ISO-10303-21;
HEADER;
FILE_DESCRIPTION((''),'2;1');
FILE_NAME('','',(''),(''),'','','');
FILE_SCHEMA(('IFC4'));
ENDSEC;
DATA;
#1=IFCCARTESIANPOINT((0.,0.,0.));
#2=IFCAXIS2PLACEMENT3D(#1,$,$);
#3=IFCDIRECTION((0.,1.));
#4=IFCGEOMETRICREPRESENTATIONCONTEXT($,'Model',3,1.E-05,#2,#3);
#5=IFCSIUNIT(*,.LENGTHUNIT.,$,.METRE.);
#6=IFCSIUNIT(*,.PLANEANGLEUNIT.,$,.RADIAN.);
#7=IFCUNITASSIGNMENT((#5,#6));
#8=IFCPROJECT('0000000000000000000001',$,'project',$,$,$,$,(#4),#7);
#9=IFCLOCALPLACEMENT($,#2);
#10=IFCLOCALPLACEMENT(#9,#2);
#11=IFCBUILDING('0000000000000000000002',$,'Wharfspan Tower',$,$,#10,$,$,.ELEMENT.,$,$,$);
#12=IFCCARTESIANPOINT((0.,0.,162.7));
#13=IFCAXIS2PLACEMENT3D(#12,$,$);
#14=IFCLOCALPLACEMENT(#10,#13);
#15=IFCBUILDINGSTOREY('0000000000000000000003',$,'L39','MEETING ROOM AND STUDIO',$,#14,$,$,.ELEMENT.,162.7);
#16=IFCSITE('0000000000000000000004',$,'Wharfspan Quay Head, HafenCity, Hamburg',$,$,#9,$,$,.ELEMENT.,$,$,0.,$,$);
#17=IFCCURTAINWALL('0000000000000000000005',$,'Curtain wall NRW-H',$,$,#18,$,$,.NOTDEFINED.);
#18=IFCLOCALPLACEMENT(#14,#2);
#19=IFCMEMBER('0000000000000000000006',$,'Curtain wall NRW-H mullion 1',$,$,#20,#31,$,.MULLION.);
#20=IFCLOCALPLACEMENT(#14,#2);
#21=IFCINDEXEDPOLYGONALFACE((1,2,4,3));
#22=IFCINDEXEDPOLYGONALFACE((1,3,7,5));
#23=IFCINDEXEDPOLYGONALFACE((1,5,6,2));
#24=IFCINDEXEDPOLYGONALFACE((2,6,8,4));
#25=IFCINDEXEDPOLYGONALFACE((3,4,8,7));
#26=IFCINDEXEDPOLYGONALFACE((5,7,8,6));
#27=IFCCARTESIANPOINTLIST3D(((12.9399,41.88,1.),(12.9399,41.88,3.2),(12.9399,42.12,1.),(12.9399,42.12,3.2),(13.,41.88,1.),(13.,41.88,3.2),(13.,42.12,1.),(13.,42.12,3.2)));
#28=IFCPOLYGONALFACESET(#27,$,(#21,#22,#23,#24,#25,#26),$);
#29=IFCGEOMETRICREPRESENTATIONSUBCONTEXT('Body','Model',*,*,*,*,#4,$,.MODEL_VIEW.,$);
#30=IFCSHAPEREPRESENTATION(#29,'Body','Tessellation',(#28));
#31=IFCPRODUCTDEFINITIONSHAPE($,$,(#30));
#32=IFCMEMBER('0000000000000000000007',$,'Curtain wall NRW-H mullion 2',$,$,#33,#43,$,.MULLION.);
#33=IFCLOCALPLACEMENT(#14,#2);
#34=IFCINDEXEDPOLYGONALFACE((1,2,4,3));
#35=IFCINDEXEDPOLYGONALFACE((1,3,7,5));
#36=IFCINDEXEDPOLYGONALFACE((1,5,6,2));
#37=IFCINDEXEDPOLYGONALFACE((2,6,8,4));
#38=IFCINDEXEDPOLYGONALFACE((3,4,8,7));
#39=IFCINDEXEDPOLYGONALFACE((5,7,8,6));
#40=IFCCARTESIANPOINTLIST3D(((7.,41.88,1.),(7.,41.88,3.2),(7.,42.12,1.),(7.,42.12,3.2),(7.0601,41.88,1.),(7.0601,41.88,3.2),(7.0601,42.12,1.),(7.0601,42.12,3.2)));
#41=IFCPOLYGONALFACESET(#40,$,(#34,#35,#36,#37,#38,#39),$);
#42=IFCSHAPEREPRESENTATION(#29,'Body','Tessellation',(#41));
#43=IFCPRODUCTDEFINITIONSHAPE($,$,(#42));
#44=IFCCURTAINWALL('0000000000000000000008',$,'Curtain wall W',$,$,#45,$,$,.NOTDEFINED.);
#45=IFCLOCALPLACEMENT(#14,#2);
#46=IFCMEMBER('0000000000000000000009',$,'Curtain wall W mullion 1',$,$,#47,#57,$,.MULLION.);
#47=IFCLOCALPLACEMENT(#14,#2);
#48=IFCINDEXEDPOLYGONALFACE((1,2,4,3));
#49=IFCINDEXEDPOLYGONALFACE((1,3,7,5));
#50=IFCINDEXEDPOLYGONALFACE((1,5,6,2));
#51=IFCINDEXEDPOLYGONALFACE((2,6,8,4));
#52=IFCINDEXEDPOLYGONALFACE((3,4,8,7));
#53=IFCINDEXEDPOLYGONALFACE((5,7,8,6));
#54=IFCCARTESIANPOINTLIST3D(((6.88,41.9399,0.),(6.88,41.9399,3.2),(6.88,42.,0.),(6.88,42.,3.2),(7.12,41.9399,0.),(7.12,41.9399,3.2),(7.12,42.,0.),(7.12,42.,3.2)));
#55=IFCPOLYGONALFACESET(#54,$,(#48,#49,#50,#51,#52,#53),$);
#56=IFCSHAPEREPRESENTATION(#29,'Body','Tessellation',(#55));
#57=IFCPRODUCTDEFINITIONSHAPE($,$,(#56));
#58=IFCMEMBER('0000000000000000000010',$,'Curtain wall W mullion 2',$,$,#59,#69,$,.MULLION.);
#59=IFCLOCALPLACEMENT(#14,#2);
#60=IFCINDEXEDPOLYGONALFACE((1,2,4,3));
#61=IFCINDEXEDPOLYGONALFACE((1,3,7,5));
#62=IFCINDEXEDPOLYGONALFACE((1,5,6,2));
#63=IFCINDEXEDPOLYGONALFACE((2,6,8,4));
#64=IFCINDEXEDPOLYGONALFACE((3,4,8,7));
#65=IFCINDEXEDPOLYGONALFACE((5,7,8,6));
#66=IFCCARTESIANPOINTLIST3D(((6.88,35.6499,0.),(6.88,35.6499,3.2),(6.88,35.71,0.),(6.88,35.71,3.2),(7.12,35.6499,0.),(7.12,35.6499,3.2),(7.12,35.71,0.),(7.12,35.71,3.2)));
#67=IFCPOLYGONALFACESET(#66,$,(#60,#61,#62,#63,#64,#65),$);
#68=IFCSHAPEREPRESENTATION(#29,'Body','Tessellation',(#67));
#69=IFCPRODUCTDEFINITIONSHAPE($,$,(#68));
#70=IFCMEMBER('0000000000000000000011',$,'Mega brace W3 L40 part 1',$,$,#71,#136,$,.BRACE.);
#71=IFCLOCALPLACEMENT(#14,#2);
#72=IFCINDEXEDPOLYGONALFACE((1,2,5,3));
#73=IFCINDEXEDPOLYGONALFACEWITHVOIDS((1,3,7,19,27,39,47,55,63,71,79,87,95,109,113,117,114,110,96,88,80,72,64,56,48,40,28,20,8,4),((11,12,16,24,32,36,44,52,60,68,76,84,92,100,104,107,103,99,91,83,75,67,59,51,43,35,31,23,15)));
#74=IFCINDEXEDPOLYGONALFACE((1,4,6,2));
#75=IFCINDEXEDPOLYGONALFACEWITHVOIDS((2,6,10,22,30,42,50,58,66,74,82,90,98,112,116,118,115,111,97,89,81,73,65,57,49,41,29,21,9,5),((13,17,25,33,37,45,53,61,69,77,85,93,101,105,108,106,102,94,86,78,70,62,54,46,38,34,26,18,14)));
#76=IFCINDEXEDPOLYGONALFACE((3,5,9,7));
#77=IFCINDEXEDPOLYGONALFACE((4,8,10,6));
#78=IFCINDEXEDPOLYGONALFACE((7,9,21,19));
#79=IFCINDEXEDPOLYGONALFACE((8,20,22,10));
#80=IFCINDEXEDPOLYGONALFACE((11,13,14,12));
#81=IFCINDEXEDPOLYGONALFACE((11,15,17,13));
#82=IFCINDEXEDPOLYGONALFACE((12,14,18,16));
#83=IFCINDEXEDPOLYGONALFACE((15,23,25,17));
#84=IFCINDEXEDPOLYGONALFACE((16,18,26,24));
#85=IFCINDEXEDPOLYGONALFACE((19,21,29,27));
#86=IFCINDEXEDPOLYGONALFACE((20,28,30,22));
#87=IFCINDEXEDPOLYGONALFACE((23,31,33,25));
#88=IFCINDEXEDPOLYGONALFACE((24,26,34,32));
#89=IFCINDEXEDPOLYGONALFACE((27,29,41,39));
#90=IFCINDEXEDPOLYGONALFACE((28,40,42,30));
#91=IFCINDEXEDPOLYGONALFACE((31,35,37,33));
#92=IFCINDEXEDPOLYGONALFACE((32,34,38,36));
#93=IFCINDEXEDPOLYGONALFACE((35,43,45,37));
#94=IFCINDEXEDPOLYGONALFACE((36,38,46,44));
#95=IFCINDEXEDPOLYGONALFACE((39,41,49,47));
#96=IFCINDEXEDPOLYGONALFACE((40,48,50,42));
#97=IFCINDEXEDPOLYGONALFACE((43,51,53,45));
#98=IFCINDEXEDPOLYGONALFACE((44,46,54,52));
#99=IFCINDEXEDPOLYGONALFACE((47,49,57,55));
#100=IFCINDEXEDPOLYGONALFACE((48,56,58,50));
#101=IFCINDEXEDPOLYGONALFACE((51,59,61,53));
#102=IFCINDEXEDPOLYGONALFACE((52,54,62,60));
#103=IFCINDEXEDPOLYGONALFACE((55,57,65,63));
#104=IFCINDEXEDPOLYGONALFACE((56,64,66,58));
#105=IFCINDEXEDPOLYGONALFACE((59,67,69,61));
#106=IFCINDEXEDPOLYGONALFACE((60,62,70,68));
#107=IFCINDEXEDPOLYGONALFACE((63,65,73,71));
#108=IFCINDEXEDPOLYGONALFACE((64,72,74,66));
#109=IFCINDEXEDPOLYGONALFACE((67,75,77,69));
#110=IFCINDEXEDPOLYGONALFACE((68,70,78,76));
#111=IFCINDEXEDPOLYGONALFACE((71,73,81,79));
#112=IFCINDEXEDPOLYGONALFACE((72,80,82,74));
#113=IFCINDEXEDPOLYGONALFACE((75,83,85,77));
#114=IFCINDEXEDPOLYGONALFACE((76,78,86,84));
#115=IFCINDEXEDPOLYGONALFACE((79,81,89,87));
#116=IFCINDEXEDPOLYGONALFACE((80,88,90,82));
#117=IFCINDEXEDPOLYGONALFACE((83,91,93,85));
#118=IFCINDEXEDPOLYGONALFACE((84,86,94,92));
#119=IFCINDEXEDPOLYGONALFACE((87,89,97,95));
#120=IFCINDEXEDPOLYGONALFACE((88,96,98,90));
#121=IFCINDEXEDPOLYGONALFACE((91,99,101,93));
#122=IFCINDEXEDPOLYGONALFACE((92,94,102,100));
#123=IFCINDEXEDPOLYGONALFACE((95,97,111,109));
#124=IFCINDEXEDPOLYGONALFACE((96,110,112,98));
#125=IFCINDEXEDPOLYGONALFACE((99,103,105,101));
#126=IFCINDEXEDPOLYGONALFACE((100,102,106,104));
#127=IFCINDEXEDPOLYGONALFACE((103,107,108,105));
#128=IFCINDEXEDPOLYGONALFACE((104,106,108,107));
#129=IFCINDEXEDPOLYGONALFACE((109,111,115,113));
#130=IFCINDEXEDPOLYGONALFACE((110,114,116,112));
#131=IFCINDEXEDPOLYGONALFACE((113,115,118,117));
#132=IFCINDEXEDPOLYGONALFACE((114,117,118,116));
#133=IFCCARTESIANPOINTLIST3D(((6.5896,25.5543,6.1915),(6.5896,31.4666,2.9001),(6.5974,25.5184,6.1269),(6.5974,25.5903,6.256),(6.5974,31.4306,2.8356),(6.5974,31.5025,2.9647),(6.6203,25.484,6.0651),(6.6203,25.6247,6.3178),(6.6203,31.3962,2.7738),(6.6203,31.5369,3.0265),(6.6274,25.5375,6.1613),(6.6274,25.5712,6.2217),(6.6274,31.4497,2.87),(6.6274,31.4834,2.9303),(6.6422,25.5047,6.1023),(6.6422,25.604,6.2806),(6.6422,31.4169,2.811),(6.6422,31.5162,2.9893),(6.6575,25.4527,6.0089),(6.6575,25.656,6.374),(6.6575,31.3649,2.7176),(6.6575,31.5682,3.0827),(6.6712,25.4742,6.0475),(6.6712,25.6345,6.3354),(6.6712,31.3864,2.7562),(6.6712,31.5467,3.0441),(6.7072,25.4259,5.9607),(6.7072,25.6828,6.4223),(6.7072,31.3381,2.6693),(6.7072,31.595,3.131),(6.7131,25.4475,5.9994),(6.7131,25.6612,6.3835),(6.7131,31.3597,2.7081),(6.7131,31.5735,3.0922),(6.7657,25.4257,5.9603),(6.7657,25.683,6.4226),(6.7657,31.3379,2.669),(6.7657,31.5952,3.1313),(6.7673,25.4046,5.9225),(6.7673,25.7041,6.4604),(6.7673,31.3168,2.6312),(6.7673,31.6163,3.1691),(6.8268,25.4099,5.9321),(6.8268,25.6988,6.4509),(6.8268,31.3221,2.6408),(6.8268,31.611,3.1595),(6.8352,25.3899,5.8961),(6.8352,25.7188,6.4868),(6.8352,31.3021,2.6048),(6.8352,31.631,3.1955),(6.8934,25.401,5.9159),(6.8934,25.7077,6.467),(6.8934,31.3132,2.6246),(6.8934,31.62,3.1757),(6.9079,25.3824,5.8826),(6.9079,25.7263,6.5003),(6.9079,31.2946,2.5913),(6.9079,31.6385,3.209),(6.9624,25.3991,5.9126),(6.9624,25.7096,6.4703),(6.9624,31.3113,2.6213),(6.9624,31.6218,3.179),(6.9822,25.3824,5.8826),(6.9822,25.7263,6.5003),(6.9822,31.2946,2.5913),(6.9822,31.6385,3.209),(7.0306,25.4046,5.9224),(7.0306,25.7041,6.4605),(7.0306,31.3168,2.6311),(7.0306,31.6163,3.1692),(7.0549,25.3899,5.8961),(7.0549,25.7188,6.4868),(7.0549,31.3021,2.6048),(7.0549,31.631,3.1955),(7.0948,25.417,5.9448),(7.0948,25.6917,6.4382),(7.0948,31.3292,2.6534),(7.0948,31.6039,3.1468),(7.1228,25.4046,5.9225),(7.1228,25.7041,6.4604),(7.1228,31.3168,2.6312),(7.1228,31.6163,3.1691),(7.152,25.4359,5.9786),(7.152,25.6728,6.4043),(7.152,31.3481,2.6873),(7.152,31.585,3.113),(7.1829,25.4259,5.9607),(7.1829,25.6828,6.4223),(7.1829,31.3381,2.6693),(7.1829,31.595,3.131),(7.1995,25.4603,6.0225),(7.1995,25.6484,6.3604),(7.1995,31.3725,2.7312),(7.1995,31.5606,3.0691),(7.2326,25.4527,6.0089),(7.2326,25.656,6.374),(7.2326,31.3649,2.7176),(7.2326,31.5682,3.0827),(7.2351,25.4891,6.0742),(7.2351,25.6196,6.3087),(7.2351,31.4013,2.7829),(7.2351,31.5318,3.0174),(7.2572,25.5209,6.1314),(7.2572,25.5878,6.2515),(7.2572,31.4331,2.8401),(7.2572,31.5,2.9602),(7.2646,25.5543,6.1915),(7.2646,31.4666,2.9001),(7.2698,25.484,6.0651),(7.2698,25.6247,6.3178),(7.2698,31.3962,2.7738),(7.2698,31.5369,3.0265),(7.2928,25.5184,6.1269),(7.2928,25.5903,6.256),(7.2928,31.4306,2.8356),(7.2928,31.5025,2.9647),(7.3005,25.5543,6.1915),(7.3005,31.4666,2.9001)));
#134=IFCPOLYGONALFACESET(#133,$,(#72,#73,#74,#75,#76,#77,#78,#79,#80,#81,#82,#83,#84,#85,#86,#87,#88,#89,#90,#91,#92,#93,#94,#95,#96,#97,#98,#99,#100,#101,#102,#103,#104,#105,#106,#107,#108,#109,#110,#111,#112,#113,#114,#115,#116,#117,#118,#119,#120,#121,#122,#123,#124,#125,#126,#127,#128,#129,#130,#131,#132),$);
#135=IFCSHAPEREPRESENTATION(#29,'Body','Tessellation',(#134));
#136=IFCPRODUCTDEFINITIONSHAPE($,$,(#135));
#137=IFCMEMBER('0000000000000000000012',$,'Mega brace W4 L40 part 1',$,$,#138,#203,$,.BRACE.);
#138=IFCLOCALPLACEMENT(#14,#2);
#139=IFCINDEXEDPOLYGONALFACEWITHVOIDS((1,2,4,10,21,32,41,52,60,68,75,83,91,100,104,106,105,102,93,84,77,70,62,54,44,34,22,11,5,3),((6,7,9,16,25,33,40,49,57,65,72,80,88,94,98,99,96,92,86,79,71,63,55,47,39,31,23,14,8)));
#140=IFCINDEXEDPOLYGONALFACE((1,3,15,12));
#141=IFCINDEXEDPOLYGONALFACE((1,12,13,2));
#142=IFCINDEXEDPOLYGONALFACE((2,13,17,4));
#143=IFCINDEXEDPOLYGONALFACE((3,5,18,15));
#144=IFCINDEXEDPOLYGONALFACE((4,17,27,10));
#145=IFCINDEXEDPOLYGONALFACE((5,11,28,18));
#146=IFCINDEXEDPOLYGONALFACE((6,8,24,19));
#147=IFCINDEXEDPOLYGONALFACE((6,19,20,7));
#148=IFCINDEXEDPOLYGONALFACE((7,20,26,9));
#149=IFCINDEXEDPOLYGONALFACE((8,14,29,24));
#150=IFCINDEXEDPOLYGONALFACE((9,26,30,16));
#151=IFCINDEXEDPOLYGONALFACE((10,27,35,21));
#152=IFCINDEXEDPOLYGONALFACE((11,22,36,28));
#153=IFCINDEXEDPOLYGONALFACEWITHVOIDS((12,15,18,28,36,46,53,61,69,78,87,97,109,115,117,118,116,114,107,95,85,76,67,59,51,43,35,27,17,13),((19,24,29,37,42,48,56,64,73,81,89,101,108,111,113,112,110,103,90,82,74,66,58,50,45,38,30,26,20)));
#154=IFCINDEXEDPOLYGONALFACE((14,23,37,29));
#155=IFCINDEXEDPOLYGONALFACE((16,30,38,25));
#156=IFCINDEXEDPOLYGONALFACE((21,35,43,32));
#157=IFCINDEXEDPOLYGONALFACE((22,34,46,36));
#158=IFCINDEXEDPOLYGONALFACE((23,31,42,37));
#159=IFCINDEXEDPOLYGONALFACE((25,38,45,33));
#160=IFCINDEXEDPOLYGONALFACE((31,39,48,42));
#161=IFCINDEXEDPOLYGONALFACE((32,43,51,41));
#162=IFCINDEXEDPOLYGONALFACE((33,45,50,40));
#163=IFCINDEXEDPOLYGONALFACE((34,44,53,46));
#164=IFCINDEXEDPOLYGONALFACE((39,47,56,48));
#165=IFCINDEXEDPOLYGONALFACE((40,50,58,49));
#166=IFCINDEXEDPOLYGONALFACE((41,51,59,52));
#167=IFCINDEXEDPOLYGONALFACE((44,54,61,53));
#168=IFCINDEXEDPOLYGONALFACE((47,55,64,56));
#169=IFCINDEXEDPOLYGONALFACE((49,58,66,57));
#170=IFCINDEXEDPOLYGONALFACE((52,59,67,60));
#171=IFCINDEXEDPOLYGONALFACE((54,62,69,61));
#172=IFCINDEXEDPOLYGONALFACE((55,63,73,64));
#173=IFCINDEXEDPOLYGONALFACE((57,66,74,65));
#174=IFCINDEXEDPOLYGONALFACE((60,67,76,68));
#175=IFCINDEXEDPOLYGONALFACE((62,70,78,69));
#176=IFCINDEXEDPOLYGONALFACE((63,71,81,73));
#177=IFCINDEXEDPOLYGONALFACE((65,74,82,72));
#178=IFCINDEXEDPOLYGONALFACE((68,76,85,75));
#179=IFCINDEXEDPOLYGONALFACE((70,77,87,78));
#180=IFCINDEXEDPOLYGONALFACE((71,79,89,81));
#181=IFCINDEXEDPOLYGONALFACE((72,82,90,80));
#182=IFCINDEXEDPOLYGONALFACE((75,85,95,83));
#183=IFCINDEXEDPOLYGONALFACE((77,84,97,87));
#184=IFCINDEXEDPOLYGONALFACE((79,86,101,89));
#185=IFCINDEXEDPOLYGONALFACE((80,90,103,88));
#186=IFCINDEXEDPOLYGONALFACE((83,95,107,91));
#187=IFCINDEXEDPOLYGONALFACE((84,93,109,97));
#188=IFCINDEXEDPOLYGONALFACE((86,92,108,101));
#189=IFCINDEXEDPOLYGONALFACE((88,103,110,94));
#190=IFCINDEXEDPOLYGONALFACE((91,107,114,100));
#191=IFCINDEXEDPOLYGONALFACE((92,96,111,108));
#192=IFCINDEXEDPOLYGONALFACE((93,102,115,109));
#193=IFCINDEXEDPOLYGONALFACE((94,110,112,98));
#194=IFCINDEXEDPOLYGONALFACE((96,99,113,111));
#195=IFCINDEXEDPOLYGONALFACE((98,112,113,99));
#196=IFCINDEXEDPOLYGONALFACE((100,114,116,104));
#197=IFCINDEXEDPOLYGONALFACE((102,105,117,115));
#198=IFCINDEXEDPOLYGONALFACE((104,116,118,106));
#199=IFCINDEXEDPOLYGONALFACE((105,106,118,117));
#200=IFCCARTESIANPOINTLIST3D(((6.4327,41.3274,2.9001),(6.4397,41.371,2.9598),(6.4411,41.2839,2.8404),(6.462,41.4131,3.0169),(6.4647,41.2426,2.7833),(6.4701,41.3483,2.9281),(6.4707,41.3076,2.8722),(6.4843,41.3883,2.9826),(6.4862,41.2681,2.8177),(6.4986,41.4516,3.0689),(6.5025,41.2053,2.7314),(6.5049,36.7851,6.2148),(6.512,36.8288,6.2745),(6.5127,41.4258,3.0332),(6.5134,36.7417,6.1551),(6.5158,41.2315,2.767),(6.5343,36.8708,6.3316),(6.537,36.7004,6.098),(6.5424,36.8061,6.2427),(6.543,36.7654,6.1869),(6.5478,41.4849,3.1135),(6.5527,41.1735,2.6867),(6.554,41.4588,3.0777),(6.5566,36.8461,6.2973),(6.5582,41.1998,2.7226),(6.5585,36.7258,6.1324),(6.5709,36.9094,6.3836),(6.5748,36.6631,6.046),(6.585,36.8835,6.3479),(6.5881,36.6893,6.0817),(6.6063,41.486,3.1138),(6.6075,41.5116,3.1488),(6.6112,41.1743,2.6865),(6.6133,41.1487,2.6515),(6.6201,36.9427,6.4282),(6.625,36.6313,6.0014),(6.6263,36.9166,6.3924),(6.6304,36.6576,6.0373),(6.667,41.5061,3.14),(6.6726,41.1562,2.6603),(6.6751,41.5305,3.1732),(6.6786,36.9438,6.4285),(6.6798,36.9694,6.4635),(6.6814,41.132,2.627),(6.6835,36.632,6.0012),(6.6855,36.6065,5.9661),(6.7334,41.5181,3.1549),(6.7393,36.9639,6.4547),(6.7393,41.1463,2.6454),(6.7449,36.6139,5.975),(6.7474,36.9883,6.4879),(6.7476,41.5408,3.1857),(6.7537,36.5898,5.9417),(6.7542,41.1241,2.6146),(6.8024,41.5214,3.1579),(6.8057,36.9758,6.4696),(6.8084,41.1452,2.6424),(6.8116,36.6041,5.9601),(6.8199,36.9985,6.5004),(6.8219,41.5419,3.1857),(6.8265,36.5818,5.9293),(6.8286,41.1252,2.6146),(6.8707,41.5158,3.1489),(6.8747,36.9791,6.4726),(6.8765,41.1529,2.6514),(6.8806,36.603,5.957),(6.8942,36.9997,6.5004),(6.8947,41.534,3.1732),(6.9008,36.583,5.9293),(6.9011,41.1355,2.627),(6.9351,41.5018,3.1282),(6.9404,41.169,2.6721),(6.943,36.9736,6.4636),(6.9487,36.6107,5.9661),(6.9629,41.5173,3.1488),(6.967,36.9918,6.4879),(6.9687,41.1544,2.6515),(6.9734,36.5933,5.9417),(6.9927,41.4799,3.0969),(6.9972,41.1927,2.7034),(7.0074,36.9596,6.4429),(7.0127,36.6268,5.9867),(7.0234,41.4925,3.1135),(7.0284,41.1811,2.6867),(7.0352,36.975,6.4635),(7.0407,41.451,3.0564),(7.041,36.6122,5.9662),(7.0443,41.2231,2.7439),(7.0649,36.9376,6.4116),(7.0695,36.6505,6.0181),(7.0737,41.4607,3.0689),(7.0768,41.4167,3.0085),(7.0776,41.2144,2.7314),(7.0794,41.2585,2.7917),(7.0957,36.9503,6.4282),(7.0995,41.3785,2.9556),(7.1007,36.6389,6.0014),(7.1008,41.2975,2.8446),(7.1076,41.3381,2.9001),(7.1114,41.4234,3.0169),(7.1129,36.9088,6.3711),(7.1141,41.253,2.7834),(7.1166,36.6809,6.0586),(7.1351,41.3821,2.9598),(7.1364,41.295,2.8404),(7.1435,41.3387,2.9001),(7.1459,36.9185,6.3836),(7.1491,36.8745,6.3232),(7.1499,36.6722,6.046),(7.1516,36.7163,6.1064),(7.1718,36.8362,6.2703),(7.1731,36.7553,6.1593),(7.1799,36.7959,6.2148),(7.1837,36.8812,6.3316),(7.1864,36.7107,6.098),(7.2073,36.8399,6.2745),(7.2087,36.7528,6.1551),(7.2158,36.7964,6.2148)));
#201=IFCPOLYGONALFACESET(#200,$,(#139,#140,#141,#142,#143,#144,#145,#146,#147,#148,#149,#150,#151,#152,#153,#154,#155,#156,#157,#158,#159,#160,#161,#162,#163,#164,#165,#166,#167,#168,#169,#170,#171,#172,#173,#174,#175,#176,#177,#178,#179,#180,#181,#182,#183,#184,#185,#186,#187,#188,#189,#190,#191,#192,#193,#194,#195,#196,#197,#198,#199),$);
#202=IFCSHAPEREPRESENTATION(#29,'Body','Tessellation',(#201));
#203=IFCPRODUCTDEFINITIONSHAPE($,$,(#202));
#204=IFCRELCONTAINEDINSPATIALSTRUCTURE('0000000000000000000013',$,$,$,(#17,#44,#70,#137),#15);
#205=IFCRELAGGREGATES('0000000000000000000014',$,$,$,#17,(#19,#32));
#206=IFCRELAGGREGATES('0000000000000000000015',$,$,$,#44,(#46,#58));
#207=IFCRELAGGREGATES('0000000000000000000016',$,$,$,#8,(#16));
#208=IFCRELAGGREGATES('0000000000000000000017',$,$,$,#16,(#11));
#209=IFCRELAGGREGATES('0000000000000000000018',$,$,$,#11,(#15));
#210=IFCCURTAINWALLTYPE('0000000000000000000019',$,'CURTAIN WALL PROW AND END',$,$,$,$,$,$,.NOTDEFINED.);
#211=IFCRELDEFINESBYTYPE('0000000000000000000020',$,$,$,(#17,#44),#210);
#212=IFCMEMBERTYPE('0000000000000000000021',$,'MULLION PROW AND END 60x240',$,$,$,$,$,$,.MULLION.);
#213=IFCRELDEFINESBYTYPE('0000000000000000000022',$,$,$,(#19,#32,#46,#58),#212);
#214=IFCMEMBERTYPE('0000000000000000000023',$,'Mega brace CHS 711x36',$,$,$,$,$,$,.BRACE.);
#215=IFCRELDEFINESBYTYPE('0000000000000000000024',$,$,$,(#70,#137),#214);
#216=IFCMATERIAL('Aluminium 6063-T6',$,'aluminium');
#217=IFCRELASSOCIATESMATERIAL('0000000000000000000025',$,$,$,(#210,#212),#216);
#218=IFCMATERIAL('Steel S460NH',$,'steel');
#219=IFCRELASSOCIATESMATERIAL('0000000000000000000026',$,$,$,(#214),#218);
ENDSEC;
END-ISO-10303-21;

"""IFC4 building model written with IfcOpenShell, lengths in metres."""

from ifc_helpers import new_model, si_unit, direction, frame, origin, origin_2d, place, context, subcontext, project, spatial, rectangle, hollow_circle, extrude, material, material_profile, profile_set, type_object, element, aggregate, save


model = new_model("IFC4")

# Units and contexts
model_context = context("Model", 3, precision=1e-05, world=origin(), true_north=direction((0.0, 1.0)))
body_context = subcontext(model_context, "Body", "Model", "MODEL_VIEW")
ifc_project = project(units=[si_unit("LENGTHUNIT", "METRE"), si_unit("PLANEANGLEUNIT", "RADIAN")], contexts=[model_context])

# Site, building, storey
site_placement = place(None, origin())
site = spatial("IfcSite", under=ifc_project, at=site_placement, Name="Wharfspan Quay Head, HafenCity, Hamburg", CompositionType="ELEMENT", RefElevation=0.0)
building_placement = place(site_placement, origin())
building = spatial("IfcBuilding", under=site, at=building_placement, Name="Wharfspan Tower", CompositionType="ELEMENT")
storey_placement = place(building_placement, frame((0.0, 0.0, 162.7)))
storey = spatial("IfcBuildingStorey", under=building, at=storey_placement, Name="L39", Description="MEETING ROOM AND STUDIO", CompositionType="ELEMENT", Elevation=162.7)

# Curtain walls, members
ifc_material_1 = material(Name="Aluminium 6063-T6", Category="aluminium")
curtain_wall_type = type_object("IfcCurtainWallType", Name="CURTAIN WALL PROW AND END", PredefinedType="NOTDEFINED", material=ifc_material_1)
ifc_material_profile_1 = material_profile(ifc_material_1, rectangle(XDim=0.24, YDim=0.0601, at=origin_2d()))
ifc_profile_set_1 = profile_set([ifc_material_profile_1], Name="Aluminium 6063-T6")
member_type_1 = type_object("IfcMemberType", Name="MULLION PROW AND END 60x240", PredefinedType="MULLION", material=ifc_profile_set_1)
curtain_wall_1_placement = place(storey_placement, origin())
curtain_wall_1 = element("IfcCurtainWall", 1, at=curtain_wall_1_placement, inside=storey, type_object=curtain_wall_type, Name="Curtain wall NRW-H", PredefinedType="NOTDEFINED")
member_1_placement = place(storey_placement, frame((12.97, 42.0, 1.0), z_axis=(0.0, 0.0, 1.0), x_axis=(0.0, -1.0, 0.0)))
member_1 = element("IfcMember", 2, at=member_1_placement, type_object=member_type_1, Name="Curtain wall NRW-H mullion 1", PredefinedType="MULLION", context=body_context, shape_type="SweptSolid", body=[
    extrude(rectangle(XDim=0.24, YDim=0.0601, at=origin_2d()), origin(), (0.0, 0.0, 1.0), 2.2),
])
member_2_placement = place(storey_placement, frame((7.03, 42.0, 1.0), z_axis=(0.0, 0.0, 1.0), x_axis=(0.0, -1.0, 0.0)))
member_2 = element("IfcMember", 3, at=member_2_placement, type_object=member_type_1, Name="Curtain wall NRW-H mullion 2", PredefinedType="MULLION", context=body_context, shape_type="SweptSolid", body=[
    extrude(rectangle(XDim=0.24, YDim=0.0601, at=origin_2d()), origin(), (0.0, 0.0, 1.0), 2.2),
])
curtain_wall_2_placement = place(storey_placement, origin())
curtain_wall_2 = element("IfcCurtainWall", 4, at=curtain_wall_2_placement, inside=storey, type_object=curtain_wall_type, Name="Curtain wall W", PredefinedType="NOTDEFINED")
member_3_placement = place(storey_placement, frame((7.0, 41.97, 0.0), z_axis=(0.0, 0.0, 1.0), x_axis=(1.0, 0.0, 0.0)))
member_3 = element("IfcMember", 5, at=member_3_placement, type_object=member_type_1, Name="Curtain wall W mullion 1", PredefinedType="MULLION", context=body_context, shape_type="SweptSolid", body=[
    extrude(rectangle(XDim=0.24, YDim=0.0601, at=origin_2d()), origin(), (0.0, 0.0, 1.0), 3.2),
])
member_4_placement = place(storey_placement, frame((7.0, 35.6799, 0.0), z_axis=(0.0, 0.0, 1.0), x_axis=(1.0, 0.0, 0.0)))
member_4 = element("IfcMember", 6, at=member_4_placement, type_object=member_type_1, Name="Curtain wall W mullion 2", PredefinedType="MULLION", context=body_context, shape_type="SweptSolid", body=[
    extrude(rectangle(XDim=0.24, YDim=0.0601, at=origin_2d()), origin(), (0.0, 0.0, 1.0), 3.2),
])

# Members
ifc_material_2 = material(Name="Steel S460NH", Category="steel")
ifc_material_profile_2 = material_profile(ifc_material_2, hollow_circle(Radius=0.3555, WallThickness=0.0359, at=origin_2d()))
ifc_profile_set_2 = profile_set([ifc_material_profile_2], Name="Steel S460NH")
member_type_2 = type_object("IfcMemberType", Name="Mega brace CHS 711x36", PredefinedType="BRACE", material=ifc_profile_set_2)
member_5_placement = place(storey_placement, frame((6.9451, 31.4666, 2.9001), z_axis=(0.0, -0.873733, 0.486406), x_axis=(1.0, 0.0, 0.0)))
element("IfcMember", 7, at=member_5_placement, inside=storey, type_object=member_type_2, Name="Mega brace W3 L40 part 1", PredefinedType="BRACE", context=body_context, shape_type="SweptSolid", body=[
    extrude(hollow_circle(Radius=0.3555, WallThickness=0.0359, at=origin_2d()), origin(), (0.0, 0.0, 1.0), 6.7666),
])
member_6_placement = place(storey_placement, frame((6.7881, 41.333, 2.9001), z_axis=(0.012851, -0.807716, 0.589431), x_axis=(0.999873, 0.015909, 0.000001)))
element("IfcMember", 8, at=member_6_placement, inside=storey, type_object=member_type_2, Name="Mega brace W4 L40 part 1", PredefinedType="BRACE", context=body_context, shape_type="SweptSolid", body=[
    extrude(hollow_circle(Radius=0.3555, WallThickness=0.0359, at=origin_2d()), origin(), (0.0, 0.0, 1.0), 5.6235),
])

aggregate(curtain_wall_1, [member_1, member_2])
aggregate(curtain_wall_2, [member_3, member_4])

save(model, "model.ifc")
